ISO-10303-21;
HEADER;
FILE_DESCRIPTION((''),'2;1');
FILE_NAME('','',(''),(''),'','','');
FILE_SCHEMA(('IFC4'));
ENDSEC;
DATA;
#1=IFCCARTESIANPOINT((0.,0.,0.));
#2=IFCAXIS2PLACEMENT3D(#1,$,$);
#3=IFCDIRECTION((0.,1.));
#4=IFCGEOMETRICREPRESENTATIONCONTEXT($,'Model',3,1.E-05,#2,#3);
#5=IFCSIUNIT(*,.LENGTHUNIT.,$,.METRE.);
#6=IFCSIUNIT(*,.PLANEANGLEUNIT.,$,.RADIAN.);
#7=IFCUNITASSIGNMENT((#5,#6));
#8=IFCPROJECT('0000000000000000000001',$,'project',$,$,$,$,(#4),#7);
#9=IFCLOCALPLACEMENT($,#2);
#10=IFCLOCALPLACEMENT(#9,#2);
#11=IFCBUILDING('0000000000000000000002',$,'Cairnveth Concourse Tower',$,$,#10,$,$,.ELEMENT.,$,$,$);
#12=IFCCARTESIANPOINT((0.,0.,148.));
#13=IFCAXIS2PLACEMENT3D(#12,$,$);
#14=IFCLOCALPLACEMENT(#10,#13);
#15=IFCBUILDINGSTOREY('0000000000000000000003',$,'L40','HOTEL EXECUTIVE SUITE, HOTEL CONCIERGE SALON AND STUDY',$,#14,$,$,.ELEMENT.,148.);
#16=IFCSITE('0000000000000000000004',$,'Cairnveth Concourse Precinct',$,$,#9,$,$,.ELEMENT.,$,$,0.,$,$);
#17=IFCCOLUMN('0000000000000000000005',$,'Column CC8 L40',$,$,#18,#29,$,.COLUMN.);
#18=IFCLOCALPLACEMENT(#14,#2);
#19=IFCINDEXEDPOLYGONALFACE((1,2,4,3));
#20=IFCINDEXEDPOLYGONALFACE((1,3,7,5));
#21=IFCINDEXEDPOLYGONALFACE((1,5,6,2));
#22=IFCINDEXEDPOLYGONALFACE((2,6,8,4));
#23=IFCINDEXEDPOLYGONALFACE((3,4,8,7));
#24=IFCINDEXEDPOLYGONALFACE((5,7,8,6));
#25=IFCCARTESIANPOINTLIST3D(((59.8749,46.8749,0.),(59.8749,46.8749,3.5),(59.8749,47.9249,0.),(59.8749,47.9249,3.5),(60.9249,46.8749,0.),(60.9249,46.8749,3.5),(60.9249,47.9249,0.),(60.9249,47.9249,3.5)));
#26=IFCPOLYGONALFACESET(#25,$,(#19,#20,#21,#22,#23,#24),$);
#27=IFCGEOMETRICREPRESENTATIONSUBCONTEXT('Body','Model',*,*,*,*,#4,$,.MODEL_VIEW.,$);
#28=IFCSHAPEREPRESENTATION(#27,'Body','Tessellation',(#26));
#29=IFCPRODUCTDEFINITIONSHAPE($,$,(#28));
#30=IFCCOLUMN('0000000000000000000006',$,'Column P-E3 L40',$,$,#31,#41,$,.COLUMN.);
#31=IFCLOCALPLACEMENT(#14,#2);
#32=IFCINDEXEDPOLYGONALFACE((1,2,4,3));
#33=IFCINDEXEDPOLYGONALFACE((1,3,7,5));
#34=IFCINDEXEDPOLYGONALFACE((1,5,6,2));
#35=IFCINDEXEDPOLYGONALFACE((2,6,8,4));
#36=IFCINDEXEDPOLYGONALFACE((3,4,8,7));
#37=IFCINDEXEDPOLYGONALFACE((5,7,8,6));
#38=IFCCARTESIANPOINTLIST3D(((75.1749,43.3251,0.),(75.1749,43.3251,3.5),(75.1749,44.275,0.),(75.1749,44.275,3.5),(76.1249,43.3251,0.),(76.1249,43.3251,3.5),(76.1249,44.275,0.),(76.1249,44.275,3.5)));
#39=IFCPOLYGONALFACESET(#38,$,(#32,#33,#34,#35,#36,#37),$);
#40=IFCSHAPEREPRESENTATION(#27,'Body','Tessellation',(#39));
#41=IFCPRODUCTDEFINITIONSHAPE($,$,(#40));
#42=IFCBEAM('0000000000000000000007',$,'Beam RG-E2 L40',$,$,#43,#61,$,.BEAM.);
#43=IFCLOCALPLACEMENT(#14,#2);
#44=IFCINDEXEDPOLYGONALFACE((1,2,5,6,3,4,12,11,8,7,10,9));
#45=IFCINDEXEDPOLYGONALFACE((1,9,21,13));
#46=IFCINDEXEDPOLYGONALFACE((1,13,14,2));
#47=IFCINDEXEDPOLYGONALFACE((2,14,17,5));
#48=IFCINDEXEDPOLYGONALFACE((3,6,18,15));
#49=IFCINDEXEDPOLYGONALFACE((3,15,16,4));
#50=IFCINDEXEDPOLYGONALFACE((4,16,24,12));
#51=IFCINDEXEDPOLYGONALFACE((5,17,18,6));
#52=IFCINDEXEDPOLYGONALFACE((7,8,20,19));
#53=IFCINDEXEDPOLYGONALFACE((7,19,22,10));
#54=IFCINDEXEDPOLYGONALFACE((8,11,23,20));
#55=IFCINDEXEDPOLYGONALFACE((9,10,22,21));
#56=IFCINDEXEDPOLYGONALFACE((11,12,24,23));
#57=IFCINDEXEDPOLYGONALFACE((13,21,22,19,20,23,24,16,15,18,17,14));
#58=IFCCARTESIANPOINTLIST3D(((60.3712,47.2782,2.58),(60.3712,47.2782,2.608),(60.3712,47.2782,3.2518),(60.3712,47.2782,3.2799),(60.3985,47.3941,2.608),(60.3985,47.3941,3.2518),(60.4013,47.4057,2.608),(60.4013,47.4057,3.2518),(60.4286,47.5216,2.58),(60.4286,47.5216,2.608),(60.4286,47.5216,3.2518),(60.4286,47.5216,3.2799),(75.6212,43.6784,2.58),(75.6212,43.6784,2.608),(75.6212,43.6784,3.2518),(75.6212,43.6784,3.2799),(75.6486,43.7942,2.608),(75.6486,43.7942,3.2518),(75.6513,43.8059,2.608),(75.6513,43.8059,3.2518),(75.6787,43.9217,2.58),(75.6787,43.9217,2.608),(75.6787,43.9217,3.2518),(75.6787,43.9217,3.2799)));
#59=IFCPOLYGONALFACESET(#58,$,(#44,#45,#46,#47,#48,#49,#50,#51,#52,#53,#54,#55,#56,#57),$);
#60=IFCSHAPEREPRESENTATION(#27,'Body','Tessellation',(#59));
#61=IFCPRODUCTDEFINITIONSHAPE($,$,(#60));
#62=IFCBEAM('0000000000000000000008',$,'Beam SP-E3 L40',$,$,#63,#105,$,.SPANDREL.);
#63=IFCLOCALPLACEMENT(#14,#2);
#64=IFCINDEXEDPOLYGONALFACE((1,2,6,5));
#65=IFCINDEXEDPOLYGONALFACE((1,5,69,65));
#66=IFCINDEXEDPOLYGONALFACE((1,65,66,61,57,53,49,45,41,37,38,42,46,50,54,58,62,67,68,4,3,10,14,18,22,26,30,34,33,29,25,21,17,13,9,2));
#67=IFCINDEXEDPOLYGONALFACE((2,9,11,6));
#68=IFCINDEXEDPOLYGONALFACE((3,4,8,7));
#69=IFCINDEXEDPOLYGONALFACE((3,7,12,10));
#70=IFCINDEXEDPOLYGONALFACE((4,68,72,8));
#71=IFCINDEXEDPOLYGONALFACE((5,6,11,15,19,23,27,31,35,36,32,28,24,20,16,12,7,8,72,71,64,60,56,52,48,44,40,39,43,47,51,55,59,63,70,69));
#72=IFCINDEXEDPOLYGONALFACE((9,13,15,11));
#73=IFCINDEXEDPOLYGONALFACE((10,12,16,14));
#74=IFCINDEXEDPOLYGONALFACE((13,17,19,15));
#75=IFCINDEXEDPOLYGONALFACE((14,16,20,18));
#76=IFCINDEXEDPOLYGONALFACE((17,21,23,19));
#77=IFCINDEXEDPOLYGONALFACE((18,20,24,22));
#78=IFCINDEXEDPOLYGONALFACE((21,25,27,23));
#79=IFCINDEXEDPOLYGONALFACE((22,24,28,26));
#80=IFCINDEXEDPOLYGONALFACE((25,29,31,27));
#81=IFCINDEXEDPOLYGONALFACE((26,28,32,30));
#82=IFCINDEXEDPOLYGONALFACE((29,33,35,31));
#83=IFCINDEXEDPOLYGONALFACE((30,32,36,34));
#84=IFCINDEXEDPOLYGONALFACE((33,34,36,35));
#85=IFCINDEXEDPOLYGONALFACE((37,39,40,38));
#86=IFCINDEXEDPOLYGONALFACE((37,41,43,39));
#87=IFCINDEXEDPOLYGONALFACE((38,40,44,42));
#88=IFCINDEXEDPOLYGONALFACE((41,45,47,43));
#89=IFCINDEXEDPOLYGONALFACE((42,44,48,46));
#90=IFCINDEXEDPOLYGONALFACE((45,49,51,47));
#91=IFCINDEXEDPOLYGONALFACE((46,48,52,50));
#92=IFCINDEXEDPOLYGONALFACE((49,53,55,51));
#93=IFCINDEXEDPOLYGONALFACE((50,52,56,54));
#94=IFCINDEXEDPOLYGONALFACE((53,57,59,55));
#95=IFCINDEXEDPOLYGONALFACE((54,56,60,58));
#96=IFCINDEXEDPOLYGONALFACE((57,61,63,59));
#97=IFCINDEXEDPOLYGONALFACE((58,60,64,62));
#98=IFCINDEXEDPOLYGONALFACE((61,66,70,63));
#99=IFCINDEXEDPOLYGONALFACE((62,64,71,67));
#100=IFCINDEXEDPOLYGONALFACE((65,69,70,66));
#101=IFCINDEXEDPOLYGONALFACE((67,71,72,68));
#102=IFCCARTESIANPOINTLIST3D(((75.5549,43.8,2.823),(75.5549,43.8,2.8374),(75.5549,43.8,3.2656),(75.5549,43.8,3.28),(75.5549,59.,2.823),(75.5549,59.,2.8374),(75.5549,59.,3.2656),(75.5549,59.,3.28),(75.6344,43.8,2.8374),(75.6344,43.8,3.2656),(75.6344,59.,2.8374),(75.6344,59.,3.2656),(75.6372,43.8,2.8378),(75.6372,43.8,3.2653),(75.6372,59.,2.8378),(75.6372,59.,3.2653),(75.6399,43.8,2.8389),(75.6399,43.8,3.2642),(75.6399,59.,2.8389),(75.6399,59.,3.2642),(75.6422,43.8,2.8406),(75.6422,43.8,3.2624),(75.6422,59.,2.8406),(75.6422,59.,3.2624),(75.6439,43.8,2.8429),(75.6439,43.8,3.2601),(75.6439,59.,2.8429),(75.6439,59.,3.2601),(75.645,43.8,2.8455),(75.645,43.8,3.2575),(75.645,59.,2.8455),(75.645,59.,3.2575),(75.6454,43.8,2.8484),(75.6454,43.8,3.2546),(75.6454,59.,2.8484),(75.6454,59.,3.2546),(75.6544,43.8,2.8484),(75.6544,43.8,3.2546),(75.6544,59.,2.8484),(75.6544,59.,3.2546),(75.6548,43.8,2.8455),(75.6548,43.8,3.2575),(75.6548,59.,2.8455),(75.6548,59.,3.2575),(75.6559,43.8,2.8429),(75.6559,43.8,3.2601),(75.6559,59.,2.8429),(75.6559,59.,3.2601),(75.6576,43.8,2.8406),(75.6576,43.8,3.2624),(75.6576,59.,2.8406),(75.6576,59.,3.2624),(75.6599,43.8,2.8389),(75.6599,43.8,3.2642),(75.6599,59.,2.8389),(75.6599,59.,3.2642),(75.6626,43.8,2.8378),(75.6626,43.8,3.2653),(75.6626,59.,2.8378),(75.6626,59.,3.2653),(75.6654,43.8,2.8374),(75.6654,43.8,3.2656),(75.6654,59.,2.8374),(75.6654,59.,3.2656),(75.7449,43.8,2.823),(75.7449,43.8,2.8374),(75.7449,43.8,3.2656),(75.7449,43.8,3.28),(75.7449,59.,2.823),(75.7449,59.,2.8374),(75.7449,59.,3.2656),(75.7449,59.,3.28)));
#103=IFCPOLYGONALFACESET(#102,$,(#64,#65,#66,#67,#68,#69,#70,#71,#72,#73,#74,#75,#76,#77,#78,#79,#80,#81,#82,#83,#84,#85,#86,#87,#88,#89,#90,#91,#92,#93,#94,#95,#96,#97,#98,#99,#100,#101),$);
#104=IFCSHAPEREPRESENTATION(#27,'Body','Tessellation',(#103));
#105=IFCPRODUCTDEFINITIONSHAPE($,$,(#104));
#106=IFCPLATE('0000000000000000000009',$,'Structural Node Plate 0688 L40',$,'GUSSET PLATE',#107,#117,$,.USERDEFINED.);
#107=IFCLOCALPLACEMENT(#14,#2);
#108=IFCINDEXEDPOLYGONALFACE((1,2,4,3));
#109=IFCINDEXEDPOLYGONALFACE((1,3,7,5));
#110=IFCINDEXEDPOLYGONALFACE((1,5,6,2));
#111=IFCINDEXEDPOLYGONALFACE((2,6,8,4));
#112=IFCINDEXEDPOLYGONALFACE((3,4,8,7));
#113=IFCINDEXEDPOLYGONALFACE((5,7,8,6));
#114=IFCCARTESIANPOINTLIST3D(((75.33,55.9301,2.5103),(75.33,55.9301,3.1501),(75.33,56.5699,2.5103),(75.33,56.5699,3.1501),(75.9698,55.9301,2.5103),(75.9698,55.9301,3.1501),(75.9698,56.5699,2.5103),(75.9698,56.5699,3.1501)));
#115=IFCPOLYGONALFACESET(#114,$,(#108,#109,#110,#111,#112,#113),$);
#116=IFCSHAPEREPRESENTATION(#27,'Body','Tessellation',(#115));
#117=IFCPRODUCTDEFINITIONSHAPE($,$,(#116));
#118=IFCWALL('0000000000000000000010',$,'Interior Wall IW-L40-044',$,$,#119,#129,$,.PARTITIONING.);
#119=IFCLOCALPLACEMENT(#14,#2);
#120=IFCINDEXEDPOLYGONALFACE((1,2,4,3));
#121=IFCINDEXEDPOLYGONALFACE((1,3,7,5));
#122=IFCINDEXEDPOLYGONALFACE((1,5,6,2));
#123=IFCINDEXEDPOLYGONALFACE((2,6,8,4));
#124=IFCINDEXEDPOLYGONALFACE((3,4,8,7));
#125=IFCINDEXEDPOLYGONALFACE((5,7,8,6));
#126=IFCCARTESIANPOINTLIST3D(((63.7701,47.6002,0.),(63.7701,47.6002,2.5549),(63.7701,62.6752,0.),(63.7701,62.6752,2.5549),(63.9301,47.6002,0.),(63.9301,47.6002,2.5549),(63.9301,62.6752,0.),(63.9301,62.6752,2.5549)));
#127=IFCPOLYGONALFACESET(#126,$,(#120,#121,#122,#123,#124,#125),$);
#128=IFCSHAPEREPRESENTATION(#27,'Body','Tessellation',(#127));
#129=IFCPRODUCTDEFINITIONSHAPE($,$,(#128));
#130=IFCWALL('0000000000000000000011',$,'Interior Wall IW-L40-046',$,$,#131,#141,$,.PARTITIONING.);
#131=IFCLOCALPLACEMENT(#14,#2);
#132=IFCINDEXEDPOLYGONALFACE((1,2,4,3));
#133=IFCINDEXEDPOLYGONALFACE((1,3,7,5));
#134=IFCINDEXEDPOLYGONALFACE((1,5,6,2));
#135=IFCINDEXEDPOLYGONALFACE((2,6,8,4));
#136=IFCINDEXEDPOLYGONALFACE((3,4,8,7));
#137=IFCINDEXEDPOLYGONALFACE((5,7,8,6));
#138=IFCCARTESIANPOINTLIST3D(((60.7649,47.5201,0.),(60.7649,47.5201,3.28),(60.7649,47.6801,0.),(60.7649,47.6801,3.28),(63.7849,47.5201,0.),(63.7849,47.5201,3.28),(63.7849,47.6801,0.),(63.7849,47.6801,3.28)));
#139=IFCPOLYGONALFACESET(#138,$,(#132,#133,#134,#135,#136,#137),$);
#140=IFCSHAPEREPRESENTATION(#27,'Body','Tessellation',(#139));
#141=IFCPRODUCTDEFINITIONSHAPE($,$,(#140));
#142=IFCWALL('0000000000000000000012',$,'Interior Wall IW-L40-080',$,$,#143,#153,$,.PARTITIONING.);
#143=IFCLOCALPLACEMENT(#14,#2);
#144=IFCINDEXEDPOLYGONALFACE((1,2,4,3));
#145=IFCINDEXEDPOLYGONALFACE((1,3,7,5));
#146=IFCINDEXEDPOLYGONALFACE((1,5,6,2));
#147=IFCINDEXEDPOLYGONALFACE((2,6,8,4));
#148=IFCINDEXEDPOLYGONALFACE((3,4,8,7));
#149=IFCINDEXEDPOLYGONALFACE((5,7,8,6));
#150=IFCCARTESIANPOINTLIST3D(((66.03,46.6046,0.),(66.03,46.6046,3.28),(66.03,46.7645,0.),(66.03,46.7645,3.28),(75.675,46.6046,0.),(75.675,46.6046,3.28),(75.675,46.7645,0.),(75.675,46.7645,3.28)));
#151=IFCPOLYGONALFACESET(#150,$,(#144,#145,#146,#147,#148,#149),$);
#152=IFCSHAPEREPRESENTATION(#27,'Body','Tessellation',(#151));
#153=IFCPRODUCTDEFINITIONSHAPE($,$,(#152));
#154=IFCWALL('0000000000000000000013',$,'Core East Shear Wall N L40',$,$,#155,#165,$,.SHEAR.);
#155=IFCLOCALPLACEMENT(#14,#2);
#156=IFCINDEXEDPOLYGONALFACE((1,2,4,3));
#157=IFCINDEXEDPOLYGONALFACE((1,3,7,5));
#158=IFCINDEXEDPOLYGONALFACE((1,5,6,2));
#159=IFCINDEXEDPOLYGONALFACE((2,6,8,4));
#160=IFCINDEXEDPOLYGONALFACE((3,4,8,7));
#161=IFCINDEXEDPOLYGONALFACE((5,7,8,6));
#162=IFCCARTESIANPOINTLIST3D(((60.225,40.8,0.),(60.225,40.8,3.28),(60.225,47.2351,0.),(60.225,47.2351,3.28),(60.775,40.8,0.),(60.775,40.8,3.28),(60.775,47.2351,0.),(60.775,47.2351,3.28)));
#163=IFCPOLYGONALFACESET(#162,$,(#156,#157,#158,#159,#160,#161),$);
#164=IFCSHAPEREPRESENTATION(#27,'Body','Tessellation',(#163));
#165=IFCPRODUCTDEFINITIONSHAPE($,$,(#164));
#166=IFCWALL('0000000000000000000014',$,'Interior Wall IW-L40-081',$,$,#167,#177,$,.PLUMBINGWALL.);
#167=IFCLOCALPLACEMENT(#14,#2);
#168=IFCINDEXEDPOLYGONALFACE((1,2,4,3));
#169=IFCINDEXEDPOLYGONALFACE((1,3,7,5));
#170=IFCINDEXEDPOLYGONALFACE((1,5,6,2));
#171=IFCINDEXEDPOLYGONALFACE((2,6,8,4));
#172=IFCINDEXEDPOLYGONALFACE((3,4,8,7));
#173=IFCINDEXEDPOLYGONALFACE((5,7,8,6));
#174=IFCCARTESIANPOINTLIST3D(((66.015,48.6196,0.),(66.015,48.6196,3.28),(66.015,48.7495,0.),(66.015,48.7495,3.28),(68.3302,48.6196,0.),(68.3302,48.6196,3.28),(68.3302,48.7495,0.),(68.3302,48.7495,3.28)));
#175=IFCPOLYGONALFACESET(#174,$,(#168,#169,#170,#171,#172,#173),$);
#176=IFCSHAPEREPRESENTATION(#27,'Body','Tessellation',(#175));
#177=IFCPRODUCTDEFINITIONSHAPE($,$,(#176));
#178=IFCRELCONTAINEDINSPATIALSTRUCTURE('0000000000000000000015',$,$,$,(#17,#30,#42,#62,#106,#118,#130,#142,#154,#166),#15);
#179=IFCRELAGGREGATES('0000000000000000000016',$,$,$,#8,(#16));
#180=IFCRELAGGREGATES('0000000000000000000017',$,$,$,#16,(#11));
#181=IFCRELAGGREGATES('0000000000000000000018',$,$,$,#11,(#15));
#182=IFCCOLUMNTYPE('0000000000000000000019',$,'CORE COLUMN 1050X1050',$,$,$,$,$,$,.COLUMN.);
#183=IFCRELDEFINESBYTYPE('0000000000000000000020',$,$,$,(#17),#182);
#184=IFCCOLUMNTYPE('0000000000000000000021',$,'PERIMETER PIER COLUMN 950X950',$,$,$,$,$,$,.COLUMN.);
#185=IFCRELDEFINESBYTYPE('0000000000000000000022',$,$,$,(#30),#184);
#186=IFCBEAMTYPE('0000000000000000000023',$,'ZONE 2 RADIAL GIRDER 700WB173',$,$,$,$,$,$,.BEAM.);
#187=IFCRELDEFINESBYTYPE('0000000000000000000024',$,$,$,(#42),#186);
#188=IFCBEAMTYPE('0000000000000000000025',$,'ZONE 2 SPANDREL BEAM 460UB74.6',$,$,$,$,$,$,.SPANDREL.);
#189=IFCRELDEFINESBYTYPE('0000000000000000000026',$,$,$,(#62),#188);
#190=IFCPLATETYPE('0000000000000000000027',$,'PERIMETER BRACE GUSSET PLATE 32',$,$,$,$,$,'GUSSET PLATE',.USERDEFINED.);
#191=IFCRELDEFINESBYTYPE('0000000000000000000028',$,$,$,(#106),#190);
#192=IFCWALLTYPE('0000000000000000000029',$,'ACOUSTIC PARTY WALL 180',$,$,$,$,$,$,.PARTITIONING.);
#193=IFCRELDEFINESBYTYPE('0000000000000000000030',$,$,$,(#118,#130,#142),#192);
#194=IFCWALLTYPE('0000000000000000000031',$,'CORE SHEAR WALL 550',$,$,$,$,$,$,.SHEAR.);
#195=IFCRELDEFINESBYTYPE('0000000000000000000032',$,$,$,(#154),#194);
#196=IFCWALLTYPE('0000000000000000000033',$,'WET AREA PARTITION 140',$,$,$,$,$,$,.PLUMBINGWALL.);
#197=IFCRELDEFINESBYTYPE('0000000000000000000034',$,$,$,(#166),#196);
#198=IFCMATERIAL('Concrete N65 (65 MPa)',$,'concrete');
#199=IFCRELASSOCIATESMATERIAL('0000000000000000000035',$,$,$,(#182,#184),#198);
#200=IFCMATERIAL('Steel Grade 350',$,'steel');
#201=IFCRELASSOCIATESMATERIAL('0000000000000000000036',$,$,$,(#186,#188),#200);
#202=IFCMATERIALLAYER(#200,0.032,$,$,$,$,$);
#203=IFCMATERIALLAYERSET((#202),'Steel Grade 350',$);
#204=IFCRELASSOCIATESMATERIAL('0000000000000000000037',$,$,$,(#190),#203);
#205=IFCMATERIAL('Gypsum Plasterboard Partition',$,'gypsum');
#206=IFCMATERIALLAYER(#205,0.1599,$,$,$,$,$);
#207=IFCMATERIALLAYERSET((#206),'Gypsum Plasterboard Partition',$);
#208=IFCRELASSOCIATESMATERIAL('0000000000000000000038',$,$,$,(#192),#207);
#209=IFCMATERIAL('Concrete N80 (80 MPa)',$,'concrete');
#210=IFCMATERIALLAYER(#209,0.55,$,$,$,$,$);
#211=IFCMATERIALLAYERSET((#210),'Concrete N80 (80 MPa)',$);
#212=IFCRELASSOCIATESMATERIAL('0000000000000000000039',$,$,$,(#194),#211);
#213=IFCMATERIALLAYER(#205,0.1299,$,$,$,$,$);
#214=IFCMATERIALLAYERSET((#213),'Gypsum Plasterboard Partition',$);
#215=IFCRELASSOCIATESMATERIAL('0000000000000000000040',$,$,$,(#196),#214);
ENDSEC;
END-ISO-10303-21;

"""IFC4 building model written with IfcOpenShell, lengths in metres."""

from ifc_helpers import new_model, si_unit, direction, frame, frame_2d, origin, origin_2d, place, context, subcontext, project, spatial, rectangle, i_section, extrude, material, layer, layer_set, material_profile, profile_set, type_object, element, save


model = new_model("IFC4")

# Units and contexts
model_context = context("Model", 3, precision=1e-05, world=origin(), true_north=direction((0.0, 1.0)))
body_context = subcontext(model_context, "Body", "Model", "MODEL_VIEW")
ifc_project = project(units=[si_unit("LENGTHUNIT", "METRE"), si_unit("PLANEANGLEUNIT", "RADIAN")], contexts=[model_context])

# Site, building, storey
site_placement = place(None, origin())
site = spatial("IfcSite", under=ifc_project, at=site_placement, Name="Cairnveth Concourse Precinct", CompositionType="ELEMENT", RefElevation=0.0)
building_placement = place(site_placement, origin())
building = spatial("IfcBuilding", under=site, at=building_placement, Name="Cairnveth Concourse Tower", CompositionType="ELEMENT")
storey_placement = place(building_placement, frame((0.0, 0.0, 148.0)))
storey = spatial("IfcBuildingStorey", under=building, at=storey_placement, Name="L40", Description="HOTEL EXECUTIVE SUITE, HOTEL CONCIERGE SALON AND STUDY", CompositionType="ELEMENT", Elevation=148.0)

# Columns
ifc_material_1 = material(Name="Concrete N65 (65 MPa)", Category="concrete")
ifc_material_profile_1 = material_profile(ifc_material_1, rectangle(XDim=1.05, YDim=1.05, at=origin_2d()), Name="RC-COL-1050x1050")
ifc_profile_set_1 = profile_set([ifc_material_profile_1], Name="Concrete N65 (65 MPa)")
column_type_1 = type_object("IfcColumnType", Name="CORE COLUMN 1050X1050", PredefinedType="COLUMN", material=ifc_profile_set_1)
column_1_placement = place(storey_placement, frame((60.3999, 47.3999, 0.0), z_axis=(0.0, 0.0, 1.0), x_axis=(1.0, 0.0, 0.0)))
element("IfcColumn", 1, at=column_1_placement, inside=storey, type_object=column_type_1, Name="Column CC8 L40", PredefinedType="COLUMN", context=body_context, shape_type="SweptSolid", body=[
    extrude(rectangle(XDim=1.05, YDim=1.05, at=origin_2d()), origin(), (0.0, 0.0, 1.0), 3.5),
])
ifc_material_profile_2 = material_profile(ifc_material_1, rectangle(XDim=0.95, YDim=0.95, at=origin_2d()), Name="RC-COL-950x950")
ifc_profile_set_2 = profile_set([ifc_material_profile_2], Name="Concrete N65 (65 MPa)")
column_type_2 = type_object("IfcColumnType", Name="PERIMETER PIER COLUMN 950X950", PredefinedType="COLUMN", material=ifc_profile_set_2)
column_2_placement = place(storey_placement, frame((75.6499, 43.8, 0.0), z_axis=(0.0, 0.0, 1.0), x_axis=(0.0, 1.0, 0.0)))
element("IfcColumn", 2, at=column_2_placement, inside=storey, type_object=column_type_2, Name="Column P-E3 L40", PredefinedType="COLUMN", context=body_context, shape_type="SweptSolid", body=[
    extrude(rectangle(XDim=0.95, YDim=0.95, at=origin_2d()), origin(), (0.0, 0.0, 1.0), 3.5),
])

# Beams
ifc_material_2 = material(Name="Steel Grade 350", Category="steel")
ifc_material_profile_3 = material_profile(ifc_material_2, i_section(OverallWidth=0.25, OverallDepth=0.7, WebThickness=0.012, FlangeThickness=0.0281, at=origin_2d()), Name="700WB173")
ifc_profile_set_3 = profile_set([ifc_material_profile_3], Name="Steel Grade 350")
beam_type_1 = type_object("IfcBeamType", Name="ZONE 2 RADIAL GIRDER 700WB173", PredefinedType="BEAM", material=ifc_profile_set_3)
beam_1_placement = place(storey_placement, frame((60.3999, 47.3999, 2.9299), z_axis=(0.973252, -0.229742, 0.0), x_axis=(0.229742, 0.973252, 0.0)))
element("IfcBeam", 3, at=beam_1_placement, inside=storey, type_object=beam_type_1, Name="Beam RG-E2 L40", PredefinedType="BEAM", context=body_context, shape_type="SweptSolid", body=[
    extrude(i_section(OverallWidth=0.25, OverallDepth=0.7, WebThickness=0.012, FlangeThickness=0.0281, at=origin_2d()), origin(), (0.0, 0.0, 1.0), 15.6692),
])
ifc_material_profile_4 = material_profile(ifc_material_2, i_section(OverallWidth=0.1899, OverallDepth=0.457, WebThickness=0.009, FlangeThickness=0.0144, FilletRadius=0.011, at=origin_2d()), Name="460UB74.6")
ifc_profile_set_4 = profile_set([ifc_material_profile_4], Name="Steel Grade 350")
beam_type_2 = type_object("IfcBeamType", Name="ZONE 2 SPANDREL BEAM 460UB74.6", PredefinedType="SPANDREL", material=ifc_profile_set_4)
beam_2_placement = place(storey_placement, frame((75.6499, 43.8, 3.0515), z_axis=(0.0, 1.0, 0.0), x_axis=(-1.0, 0.0, 0.0)))
element("IfcBeam", 4, at=beam_2_placement, inside=storey, type_object=beam_type_2, Name="Beam SP-E3 L40", PredefinedType="SPANDREL", context=body_context, shape_type="SweptSolid", body=[
    extrude(i_section(OverallWidth=0.1899, OverallDepth=0.457, WebThickness=0.009, FlangeThickness=0.0144, FilletRadius=0.011, at=origin_2d()), origin(), (0.0, 0.0, 1.0), 15.2),
])

# Plate
ifc_layer_1 = layer(ifc_material_2, 0.032)
ifc_layer_set_1 = layer_set([ifc_layer_1], Name="Steel Grade 350")
plate_type = type_object("IfcPlateType", Name="PERIMETER BRACE GUSSET PLATE 32", ElementType="GUSSET PLATE", PredefinedType="USERDEFINED", material=ifc_layer_set_1)
plate_placement = place(storey_placement, frame((75.6499, 56.25, 2.5103), z_axis=(0.0, 0.0, 1.0), x_axis=(1.0, 0.0, 0.0)))
element("IfcPlate", 5, at=plate_placement, inside=storey, type_object=plate_type, Name="Structural Node Plate 0688 L40", ObjectType="GUSSET PLATE", PredefinedType="USERDEFINED", context=body_context, shape_type="SweptSolid", body=[
    extrude(rectangle(XDim=0.6399, YDim=0.6399, at=origin_2d()), origin(), (0.0, 0.0, 1.0), 0.6399),
])

# Walls
ifc_material_3 = material(Name="Gypsum Plasterboard Partition", Category="gypsum")
ifc_layer_2 = layer(ifc_material_3, 0.1599)
ifc_layer_set_2 = layer_set([ifc_layer_2], Name="Gypsum Plasterboard Partition")
wall_type_1 = type_object("IfcWallType", Name="ACOUSTIC PARTY WALL 180", PredefinedType="PARTITIONING", material=ifc_layer_set_2)
wall_1_placement = place(storey_placement, frame((63.8501, 47.6001, 0.0), z_axis=(0.0, 0.0, 1.0), x_axis=(0.0, 1.0, 0.0)))
element("IfcWall", 6, at=wall_1_placement, inside=storey, type_object=wall_type_1, Name="Interior Wall IW-L40-044", PredefinedType="PARTITIONING", context=body_context, shape_type="SweptSolid", body=[
    extrude(rectangle(XDim=15.075, YDim=0.1599, at=frame_2d((7.5376, 0.0))), origin(), (0.0, 0.0, 1.0), 2.5549),
])
wall_2_placement = place(storey_placement, frame((60.7649, 47.6001, 0.0), z_axis=(0.0, 0.0, 1.0), x_axis=(1.0, 0.0, 0.0)))
element("IfcWall", 7, at=wall_2_placement, inside=storey, type_object=wall_type_1, Name="Interior Wall IW-L40-046", PredefinedType="PARTITIONING", context=body_context, shape_type="SweptSolid", body=[
    extrude(rectangle(XDim=3.02, YDim=0.1599, at=frame_2d((1.51, 0.0))), origin(), (0.0, 0.0, 1.0), 3.28),
])
wall_3_placement = place(storey_placement, frame((66.03, 46.6846, 0.0), z_axis=(0.0, 0.0, 1.0), x_axis=(1.0, 0.0, 0.0)))
element("IfcWall", 8, at=wall_3_placement, inside=storey, type_object=wall_type_1, Name="Interior Wall IW-L40-080", PredefinedType="PARTITIONING", context=body_context, shape_type="SweptSolid", body=[
    extrude(rectangle(XDim=9.645, YDim=0.1599, at=frame_2d((4.8225, 0.0))), origin(), (0.0, 0.0, 1.0), 3.28),
])
ifc_material_4 = material(Name="Concrete N80 (80 MPa)", Category="concrete")
ifc_layer_3 = layer(ifc_material_4, 0.55)
ifc_layer_set_3 = layer_set([ifc_layer_3], Name="Concrete N80 (80 MPa)")
wall_type_2 = type_object("IfcWallType", Name="CORE SHEAR WALL 550", PredefinedType="SHEAR", material=ifc_layer_set_3)
wall_4_placement = place(storey_placement, frame((60.5, 40.8, 0.0), z_axis=(0.0, 0.0, 1.0), x_axis=(0.0, 1.0, 0.0)))
element("IfcWall", 9, at=wall_4_placement, inside=storey, type_object=wall_type_2, Name="Core East Shear Wall N L40", PredefinedType="SHEAR", context=body_context, shape_type="SweptSolid", body=[
    extrude(rectangle(XDim=6.4351, YDim=0.55, at=frame_2d((3.2175, 0.0))), origin(), (0.0, 0.0, 1.0), 3.28),
])

# Wall
ifc_layer_4 = layer(ifc_material_3, 0.1299)
ifc_layer_set_4 = layer_set([ifc_layer_4], Name="Gypsum Plasterboard Partition")
wall_type_3 = type_object("IfcWallType", Name="WET AREA PARTITION 140", PredefinedType="PLUMBINGWALL", material=ifc_layer_set_4)
wall_5_placement = place(storey_placement, frame((66.0149, 48.6846, 0.0), z_axis=(0.0, 0.0, 1.0), x_axis=(1.0, 0.0, 0.0)))
element("IfcWall", 10, at=wall_5_placement, inside=storey, type_object=wall_type_3, Name="Interior Wall IW-L40-081", PredefinedType="PLUMBINGWALL", context=body_context, shape_type="SweptSolid", body=[
    extrude(rectangle(XDim=2.3152, YDim=0.1299, at=frame_2d((1.1577, 0.0))), origin(), (0.0, 0.0, 1.0), 3.28),
])

save(model, "model.ifc")
